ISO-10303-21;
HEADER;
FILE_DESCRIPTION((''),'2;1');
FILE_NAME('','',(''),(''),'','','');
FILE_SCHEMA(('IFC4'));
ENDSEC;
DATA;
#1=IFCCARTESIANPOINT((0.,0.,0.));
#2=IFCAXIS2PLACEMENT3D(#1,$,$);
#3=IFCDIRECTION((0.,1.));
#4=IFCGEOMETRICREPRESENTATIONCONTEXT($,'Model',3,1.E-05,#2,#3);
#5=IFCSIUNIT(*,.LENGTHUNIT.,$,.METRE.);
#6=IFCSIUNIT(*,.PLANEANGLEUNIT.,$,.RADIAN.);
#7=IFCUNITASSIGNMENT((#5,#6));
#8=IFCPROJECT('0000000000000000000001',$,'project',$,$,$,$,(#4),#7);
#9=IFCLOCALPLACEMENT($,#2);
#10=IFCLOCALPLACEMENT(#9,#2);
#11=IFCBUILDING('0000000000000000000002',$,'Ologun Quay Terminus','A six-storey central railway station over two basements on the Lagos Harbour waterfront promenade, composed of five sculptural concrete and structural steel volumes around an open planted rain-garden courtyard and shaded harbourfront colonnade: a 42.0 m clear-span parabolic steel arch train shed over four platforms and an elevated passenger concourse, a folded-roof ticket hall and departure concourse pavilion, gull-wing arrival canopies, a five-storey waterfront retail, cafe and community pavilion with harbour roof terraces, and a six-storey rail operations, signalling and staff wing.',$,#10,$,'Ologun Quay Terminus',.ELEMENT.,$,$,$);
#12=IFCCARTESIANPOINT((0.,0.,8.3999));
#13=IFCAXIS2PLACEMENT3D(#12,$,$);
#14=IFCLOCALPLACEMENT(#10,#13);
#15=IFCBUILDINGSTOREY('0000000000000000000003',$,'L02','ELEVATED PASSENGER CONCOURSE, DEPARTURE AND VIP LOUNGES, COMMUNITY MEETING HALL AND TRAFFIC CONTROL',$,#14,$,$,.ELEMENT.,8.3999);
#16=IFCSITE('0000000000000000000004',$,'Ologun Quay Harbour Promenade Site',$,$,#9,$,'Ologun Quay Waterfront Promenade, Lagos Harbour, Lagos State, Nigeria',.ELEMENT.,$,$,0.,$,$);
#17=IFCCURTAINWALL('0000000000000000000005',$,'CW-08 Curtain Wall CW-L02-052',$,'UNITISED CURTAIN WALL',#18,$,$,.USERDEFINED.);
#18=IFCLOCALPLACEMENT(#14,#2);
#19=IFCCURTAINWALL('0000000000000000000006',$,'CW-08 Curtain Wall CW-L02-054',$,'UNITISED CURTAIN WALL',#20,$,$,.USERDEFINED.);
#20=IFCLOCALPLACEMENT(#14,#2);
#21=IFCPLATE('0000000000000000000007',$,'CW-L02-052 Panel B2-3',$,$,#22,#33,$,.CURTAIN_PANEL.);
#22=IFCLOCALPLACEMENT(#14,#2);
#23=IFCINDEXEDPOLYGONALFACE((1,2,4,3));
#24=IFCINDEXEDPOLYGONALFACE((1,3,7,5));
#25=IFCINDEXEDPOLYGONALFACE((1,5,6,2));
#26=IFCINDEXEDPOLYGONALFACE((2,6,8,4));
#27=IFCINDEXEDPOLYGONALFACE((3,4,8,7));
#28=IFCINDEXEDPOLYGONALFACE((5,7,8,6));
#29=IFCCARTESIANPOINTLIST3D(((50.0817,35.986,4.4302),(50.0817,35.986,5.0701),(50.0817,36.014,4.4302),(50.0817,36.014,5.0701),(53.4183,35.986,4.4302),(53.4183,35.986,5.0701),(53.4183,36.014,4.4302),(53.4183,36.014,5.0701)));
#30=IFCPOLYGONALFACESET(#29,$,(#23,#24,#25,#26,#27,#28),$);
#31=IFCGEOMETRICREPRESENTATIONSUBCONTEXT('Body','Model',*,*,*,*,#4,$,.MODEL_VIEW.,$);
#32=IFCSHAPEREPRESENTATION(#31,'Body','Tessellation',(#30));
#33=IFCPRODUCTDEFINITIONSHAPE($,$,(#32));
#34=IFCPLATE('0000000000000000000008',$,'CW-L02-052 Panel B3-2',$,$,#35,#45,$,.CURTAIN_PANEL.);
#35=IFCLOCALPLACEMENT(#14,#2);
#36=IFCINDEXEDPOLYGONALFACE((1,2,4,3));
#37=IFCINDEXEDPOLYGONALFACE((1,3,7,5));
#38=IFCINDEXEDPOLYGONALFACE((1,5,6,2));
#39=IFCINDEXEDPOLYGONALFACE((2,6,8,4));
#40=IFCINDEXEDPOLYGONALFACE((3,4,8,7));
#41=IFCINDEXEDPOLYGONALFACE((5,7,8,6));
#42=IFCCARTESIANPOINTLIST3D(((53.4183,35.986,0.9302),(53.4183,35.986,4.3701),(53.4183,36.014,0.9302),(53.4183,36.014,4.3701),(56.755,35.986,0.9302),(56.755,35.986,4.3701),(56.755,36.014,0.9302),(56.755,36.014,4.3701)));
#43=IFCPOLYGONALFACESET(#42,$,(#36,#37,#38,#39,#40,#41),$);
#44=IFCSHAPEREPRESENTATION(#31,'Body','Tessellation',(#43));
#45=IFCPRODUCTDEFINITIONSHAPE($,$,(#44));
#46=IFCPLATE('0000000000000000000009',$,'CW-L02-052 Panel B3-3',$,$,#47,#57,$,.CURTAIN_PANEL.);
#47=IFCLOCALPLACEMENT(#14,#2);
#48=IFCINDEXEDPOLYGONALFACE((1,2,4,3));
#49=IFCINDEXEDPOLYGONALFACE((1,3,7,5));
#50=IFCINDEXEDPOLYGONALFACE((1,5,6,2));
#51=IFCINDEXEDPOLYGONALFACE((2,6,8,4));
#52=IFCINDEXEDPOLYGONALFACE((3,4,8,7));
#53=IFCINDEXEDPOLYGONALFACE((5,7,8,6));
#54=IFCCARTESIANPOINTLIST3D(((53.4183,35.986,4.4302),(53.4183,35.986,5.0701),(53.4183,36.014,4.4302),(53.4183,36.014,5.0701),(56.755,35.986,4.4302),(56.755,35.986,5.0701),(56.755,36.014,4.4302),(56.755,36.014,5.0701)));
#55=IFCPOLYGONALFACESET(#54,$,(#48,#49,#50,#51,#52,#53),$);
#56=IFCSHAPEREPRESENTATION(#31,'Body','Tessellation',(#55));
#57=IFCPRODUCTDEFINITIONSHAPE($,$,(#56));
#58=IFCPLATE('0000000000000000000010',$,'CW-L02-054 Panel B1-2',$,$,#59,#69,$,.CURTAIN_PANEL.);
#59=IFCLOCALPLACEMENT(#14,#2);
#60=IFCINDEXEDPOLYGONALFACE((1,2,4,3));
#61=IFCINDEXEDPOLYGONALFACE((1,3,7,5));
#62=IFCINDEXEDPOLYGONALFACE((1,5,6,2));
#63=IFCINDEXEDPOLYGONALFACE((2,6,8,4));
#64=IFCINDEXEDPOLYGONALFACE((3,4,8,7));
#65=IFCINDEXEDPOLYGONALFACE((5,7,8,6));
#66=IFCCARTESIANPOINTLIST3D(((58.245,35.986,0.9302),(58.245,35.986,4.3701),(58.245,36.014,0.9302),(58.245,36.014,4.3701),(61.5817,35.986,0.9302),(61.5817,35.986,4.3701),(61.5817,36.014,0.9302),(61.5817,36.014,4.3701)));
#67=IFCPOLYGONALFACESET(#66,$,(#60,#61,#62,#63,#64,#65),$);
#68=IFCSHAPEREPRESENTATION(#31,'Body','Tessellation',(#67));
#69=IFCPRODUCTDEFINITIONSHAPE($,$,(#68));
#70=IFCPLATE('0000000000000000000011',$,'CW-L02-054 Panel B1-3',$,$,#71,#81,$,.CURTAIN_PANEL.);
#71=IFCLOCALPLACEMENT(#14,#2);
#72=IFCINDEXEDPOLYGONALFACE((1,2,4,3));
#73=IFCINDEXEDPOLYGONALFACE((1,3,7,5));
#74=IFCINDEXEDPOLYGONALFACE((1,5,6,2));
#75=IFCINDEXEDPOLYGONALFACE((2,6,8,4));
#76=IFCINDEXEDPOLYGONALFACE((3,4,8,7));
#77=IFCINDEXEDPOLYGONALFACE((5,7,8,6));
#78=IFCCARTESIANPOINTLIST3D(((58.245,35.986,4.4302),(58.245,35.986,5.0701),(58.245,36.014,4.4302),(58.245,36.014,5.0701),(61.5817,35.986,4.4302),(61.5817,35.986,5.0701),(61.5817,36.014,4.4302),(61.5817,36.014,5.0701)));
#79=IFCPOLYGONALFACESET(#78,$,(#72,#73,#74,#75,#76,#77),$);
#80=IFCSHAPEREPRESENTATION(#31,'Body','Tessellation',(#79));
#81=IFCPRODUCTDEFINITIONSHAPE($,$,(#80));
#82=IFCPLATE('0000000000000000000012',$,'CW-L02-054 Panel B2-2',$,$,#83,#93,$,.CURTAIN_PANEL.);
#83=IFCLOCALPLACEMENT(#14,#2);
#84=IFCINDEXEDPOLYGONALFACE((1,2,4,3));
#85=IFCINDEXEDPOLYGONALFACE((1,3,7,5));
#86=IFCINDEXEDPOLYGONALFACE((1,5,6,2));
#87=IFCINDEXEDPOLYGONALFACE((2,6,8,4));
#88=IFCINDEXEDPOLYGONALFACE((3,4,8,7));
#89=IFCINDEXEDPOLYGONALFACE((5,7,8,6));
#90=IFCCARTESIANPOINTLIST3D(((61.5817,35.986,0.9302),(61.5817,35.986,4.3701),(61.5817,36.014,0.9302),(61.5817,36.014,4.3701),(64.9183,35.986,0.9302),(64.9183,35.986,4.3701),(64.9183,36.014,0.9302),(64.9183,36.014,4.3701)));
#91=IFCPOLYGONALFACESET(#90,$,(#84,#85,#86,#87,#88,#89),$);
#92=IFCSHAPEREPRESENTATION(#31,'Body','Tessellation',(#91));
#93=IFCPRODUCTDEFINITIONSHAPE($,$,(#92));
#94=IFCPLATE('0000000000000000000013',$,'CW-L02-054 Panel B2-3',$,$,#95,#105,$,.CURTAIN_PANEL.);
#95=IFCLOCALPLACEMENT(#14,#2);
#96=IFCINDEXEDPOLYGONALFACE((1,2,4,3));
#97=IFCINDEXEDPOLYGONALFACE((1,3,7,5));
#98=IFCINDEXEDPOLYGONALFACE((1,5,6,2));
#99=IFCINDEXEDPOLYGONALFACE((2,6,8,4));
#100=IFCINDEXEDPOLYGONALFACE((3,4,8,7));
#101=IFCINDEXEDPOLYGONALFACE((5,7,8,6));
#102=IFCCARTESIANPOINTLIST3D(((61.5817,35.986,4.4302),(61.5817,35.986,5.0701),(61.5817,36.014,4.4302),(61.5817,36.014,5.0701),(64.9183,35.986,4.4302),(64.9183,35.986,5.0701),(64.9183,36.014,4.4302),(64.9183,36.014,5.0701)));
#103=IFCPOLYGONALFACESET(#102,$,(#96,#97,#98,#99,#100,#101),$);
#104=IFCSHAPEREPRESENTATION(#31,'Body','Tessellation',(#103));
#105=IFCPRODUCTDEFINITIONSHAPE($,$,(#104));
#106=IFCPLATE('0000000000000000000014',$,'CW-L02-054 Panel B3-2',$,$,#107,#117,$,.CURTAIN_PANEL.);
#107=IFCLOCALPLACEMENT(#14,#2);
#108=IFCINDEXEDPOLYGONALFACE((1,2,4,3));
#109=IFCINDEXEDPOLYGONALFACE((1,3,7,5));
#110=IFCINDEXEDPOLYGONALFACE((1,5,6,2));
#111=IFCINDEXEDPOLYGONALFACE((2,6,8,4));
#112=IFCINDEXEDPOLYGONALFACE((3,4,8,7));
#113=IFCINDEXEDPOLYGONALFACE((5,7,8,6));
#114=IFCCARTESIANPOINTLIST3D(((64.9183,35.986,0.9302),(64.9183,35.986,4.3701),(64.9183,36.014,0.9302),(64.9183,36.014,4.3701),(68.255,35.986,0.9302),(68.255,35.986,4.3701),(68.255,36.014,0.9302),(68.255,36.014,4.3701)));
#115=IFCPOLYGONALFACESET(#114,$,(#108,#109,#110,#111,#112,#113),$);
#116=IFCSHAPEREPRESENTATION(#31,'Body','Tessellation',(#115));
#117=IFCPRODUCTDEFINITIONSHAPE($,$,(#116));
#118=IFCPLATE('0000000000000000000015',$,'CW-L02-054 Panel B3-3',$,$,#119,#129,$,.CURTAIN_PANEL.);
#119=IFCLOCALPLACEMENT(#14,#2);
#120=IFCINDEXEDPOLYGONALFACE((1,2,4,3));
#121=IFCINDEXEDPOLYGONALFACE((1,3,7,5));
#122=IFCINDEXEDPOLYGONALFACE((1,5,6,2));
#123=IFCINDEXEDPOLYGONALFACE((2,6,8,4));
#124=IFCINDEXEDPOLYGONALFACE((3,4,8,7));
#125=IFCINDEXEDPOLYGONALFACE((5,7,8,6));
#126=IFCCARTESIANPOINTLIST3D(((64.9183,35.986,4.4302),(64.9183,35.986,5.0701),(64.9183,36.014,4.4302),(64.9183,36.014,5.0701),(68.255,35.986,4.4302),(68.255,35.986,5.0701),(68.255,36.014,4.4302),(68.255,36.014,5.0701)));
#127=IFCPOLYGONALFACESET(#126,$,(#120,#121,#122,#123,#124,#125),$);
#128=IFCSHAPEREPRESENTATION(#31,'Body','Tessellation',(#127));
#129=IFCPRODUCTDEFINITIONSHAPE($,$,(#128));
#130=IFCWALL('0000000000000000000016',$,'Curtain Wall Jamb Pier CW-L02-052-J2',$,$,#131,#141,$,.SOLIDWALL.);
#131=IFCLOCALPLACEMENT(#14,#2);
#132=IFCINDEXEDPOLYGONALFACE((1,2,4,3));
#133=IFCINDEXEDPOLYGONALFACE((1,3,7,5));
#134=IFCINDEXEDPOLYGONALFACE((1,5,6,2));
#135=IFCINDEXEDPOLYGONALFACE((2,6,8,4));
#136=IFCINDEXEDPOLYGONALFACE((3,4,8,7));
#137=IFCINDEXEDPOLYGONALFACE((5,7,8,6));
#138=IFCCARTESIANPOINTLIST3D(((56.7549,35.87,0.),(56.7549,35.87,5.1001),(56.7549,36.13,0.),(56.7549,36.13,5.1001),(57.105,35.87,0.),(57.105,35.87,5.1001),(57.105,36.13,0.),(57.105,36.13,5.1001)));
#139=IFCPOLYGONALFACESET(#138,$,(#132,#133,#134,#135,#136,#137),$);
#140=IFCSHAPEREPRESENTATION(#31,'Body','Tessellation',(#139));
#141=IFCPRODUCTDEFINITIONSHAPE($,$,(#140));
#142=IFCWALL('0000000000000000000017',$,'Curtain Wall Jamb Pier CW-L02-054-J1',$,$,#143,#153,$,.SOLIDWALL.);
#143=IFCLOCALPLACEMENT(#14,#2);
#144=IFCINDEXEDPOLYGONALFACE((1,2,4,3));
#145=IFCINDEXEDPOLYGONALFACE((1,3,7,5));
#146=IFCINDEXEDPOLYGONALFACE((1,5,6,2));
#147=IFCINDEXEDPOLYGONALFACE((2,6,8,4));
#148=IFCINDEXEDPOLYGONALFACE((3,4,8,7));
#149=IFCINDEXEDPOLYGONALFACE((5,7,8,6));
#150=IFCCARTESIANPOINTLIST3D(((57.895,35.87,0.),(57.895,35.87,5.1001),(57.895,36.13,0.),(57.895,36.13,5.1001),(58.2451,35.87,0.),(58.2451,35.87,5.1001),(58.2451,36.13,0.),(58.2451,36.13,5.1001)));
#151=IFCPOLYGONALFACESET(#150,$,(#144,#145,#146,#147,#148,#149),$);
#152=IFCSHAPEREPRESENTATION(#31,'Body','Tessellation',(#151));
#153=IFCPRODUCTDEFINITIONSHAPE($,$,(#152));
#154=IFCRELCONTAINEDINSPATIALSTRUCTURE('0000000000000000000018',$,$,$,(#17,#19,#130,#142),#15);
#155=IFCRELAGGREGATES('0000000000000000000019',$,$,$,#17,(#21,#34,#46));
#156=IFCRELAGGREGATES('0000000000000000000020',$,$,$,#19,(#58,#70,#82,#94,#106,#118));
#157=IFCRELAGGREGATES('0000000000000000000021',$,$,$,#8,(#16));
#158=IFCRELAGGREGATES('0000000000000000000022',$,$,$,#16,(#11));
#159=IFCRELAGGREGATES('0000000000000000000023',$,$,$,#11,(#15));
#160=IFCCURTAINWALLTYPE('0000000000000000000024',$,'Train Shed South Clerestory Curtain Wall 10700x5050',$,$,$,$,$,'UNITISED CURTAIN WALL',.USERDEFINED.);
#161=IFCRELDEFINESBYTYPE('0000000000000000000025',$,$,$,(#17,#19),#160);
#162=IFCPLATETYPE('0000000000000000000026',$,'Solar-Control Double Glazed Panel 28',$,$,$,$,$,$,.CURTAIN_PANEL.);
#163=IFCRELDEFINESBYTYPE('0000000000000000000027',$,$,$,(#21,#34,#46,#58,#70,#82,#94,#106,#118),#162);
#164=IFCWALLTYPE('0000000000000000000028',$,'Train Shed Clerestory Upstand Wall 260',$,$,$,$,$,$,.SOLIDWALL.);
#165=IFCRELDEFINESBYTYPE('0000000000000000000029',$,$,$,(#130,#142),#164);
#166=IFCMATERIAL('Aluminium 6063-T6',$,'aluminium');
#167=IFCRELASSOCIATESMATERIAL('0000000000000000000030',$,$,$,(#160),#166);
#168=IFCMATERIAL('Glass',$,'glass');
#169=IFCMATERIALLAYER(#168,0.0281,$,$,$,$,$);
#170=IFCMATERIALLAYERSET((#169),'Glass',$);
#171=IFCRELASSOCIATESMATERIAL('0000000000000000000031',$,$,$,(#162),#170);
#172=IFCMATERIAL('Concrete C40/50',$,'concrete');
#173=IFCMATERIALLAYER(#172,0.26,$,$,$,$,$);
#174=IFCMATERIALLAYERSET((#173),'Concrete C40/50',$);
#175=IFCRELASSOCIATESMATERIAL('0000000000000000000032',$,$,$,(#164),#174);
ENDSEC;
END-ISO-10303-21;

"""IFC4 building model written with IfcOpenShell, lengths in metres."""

from ifc_helpers import new_model, si_unit, direction, frame, frame_2d, origin, origin_2d, place, context, subcontext, project, spatial, rectangle, extrude, material, layer, layer_set, type_object, element, aggregate, save


model = new_model("IFC4")

# Units and contexts
model_context = context("Model", 3, precision=1e-05, world=origin(), true_north=direction((0.0, 1.0)))
body_context = subcontext(model_context, "Body", "Model", "MODEL_VIEW")
ifc_project = project(units=[si_unit("LENGTHUNIT", "METRE"), si_unit("PLANEANGLEUNIT", "RADIAN")], contexts=[model_context])

# Site, building, storey
site_placement = place(None, origin())
site = spatial("IfcSite", under=ifc_project, at=site_placement, Name="Ologun Quay Harbour Promenade Site", LongName="Ologun Quay Waterfront Promenade, Lagos Harbour, Lagos State, Nigeria", CompositionType="ELEMENT", RefElevation=0.0)
building_placement = place(site_placement, origin())
building = spatial("IfcBuilding", under=site, at=building_placement, Name="Ologun Quay Terminus", Description="A six-storey central railway station over two basements on the Lagos Harbour waterfront promenade, composed of five sculptural concrete and structural steel volumes around an open planted rain-garden courtyard and shaded harbourfront colonnade: a 42.0 m clear-span parabolic steel arch train shed over four platforms and an elevated passenger concourse, a folded-roof ticket hall and departure concourse pavilion, gull-wing arrival canopies, a five-storey waterfront retail, cafe and community pavilion with harbour roof terraces, and a six-storey rail operations, signalling and staff wing.", LongName="Ologun Quay Terminus", CompositionType="ELEMENT")
storey_placement = place(building_placement, frame((0.0, 0.0, 8.3999)))
storey = spatial("IfcBuildingStorey", under=building, at=storey_placement, Name="L02", Description="ELEVATED PASSENGER CONCOURSE, DEPARTURE AND VIP LOUNGES, COMMUNITY MEETING HALL AND TRAFFIC CONTROL", CompositionType="ELEMENT", Elevation=8.3999)

# Curtain walls
ifc_material_1 = material(Name="Aluminium 6063-T6", Category="aluminium")
curtain_wall_type = type_object("IfcCurtainWallType", Name="Train Shed South Clerestory Curtain Wall 10700x5050", ElementType="UNITISED CURTAIN WALL", PredefinedType="USERDEFINED", material=ifc_material_1)
curtain_wall_1_placement = place(storey_placement, origin())
curtain_wall_1 = element("IfcCurtainWall", 1, at=curtain_wall_1_placement, inside=storey, type_object=curtain_wall_type, Name="CW-08 Curtain Wall CW-L02-052", ObjectType="UNITISED CURTAIN WALL", PredefinedType="USERDEFINED")
curtain_wall_2_placement = place(storey_placement, origin())
curtain_wall_2 = element("IfcCurtainWall", 2, at=curtain_wall_2_placement, inside=storey, type_object=curtain_wall_type, Name="CW-08 Curtain Wall CW-L02-054", ObjectType="UNITISED CURTAIN WALL", PredefinedType="USERDEFINED")

# Plates
ifc_material_2 = material(Name="Glass", Category="glass")
ifc_layer_1 = layer(ifc_material_2, 0.0281)
ifc_layer_set_1 = layer_set([ifc_layer_1], Name="Glass")
plate_type_1 = type_object("IfcPlateType", Name="Solar-Control Double Glazed Panel 28", PredefinedType="CURTAIN_PANEL", material=ifc_layer_set_1)
plate_1_placement = place(storey_placement, frame((51.75, 36.0, 4.4302), z_axis=(0.0, 0.0, 1.0), x_axis=(1.0, 0.0, 0.0)))
plate_1 = element("IfcPlate", 3, at=plate_1_placement, type_object=plate_type_1, Name="CW-L02-052 Panel B2-3", PredefinedType="CURTAIN_PANEL", context=body_context, shape_type="SweptSolid", body=[
    extrude(rectangle(XDim=3.3367, YDim=0.0281, at=origin_2d()), origin(), (0.0, 0.0, 1.0), 0.6399),
])
plate_2_placement = place(storey_placement, frame((55.0867, 36.0, 0.9302), z_axis=(0.0, 0.0, 1.0), x_axis=(1.0, 0.0, 0.0)))
plate_2 = element("IfcPlate", 4, at=plate_2_placement, type_object=plate_type_1, Name="CW-L02-052 Panel B3-2", PredefinedType="CURTAIN_PANEL", context=body_context, shape_type="SweptSolid", body=[
    extrude(rectangle(XDim=3.3367, YDim=0.0281, at=origin_2d()), origin(), (0.0, 0.0, 1.0), 3.4399),
])
plate_3_placement = place(storey_placement, frame((55.0867, 36.0, 4.4302), z_axis=(0.0, 0.0, 1.0), x_axis=(1.0, 0.0, 0.0)))
plate_3 = element("IfcPlate", 5, at=plate_3_placement, type_object=plate_type_1, Name="CW-L02-052 Panel B3-3", PredefinedType="CURTAIN_PANEL", context=body_context, shape_type="SweptSolid", body=[
    extrude(rectangle(XDim=3.3367, YDim=0.0281, at=origin_2d()), origin(), (0.0, 0.0, 1.0), 0.6399),
])
aggregate(curtain_wall_1, [plate_1, plate_2, plate_3])
plate_4_placement = place(storey_placement, frame((59.9133, 36.0, 0.9302), z_axis=(0.0, 0.0, 1.0), x_axis=(1.0, 0.0, 0.0)))
plate_4 = element("IfcPlate", 6, at=plate_4_placement, type_object=plate_type_1, Name="CW-L02-054 Panel B1-2", PredefinedType="CURTAIN_PANEL", context=body_context, shape_type="SweptSolid", body=[
    extrude(rectangle(XDim=3.3367, YDim=0.0281, at=origin_2d()), origin(), (0.0, 0.0, 1.0), 3.4399),
])
plate_5_placement = place(storey_placement, frame((59.9133, 36.0, 4.4302), z_axis=(0.0, 0.0, 1.0), x_axis=(1.0, 0.0, 0.0)))
plate_5 = element("IfcPlate", 7, at=plate_5_placement, type_object=plate_type_1, Name="CW-L02-054 Panel B1-3", PredefinedType="CURTAIN_PANEL", context=body_context, shape_type="SweptSolid", body=[
    extrude(rectangle(XDim=3.3367, YDim=0.0281, at=origin_2d()), origin(), (0.0, 0.0, 1.0), 0.6399),
])
plate_6_placement = place(storey_placement, frame((63.25, 36.0, 0.9302), z_axis=(0.0, 0.0, 1.0), x_axis=(1.0, 0.0, 0.0)))
plate_6 = element("IfcPlate", 8, at=plate_6_placement, type_object=plate_type_1, Name="CW-L02-054 Panel B2-2", PredefinedType="CURTAIN_PANEL", context=body_context, shape_type="SweptSolid", body=[
    extrude(rectangle(XDim=3.3367, YDim=0.0281, at=origin_2d()), origin(), (0.0, 0.0, 1.0), 3.4399),
])
plate_7_placement = place(storey_placement, frame((63.25, 36.0, 4.4302), z_axis=(0.0, 0.0, 1.0), x_axis=(1.0, 0.0, 0.0)))
plate_7 = element("IfcPlate", 9, at=plate_7_placement, type_object=plate_type_1, Name="CW-L02-054 Panel B2-3", PredefinedType="CURTAIN_PANEL", context=body_context, shape_type="SweptSolid", body=[
    extrude(rectangle(XDim=3.3367, YDim=0.0281, at=origin_2d()), origin(), (0.0, 0.0, 1.0), 0.6399),
])
plate_8_placement = place(storey_placement, frame((66.5867, 36.0, 0.9302), z_axis=(0.0, 0.0, 1.0), x_axis=(1.0, 0.0, 0.0)))
plate_8 = element("IfcPlate", 10, at=plate_8_placement, type_object=plate_type_1, Name="CW-L02-054 Panel B3-2", PredefinedType="CURTAIN_PANEL", context=body_context, shape_type="SweptSolid", body=[
    extrude(rectangle(XDim=3.3367, YDim=0.0281, at=origin_2d()), origin(), (0.0, 0.0, 1.0), 3.4399),
])
plate_9_placement = place(storey_placement, frame((66.5867, 36.0, 4.4302), z_axis=(0.0, 0.0, 1.0), x_axis=(1.0, 0.0, 0.0)))
plate_9 = element("IfcPlate", 11, at=plate_9_placement, type_object=plate_type_1, Name="CW-L02-054 Panel B3-3", PredefinedType="CURTAIN_PANEL", context=body_context, shape_type="SweptSolid", body=[
    extrude(rectangle(XDim=3.3367, YDim=0.0281, at=origin_2d()), origin(), (0.0, 0.0, 1.0), 0.6399),
])
aggregate(curtain_wall_2, [plate_4, plate_5, plate_6, plate_7, plate_8, plate_9])

# Walls
ifc_material_3 = material(Name="Concrete C40/50", Category="concrete")
ifc_layer_2 = layer(ifc_material_3, 0.26)
ifc_layer_set_2 = layer_set([ifc_layer_2], Name="Concrete C40/50")
wall_type = type_object("IfcWallType", Name="Train Shed Clerestory Upstand Wall 260", PredefinedType="SOLIDWALL", material=ifc_layer_set_2)
for number, where, z_axis, x_axis, name in (
    (12, (56.7549, 36.0, 0.0), (0.0, 0.0, 1.0), (1.0, 0.0, 0.0), "Curtain Wall Jamb Pier CW-L02-052-J2"),
    (13, (57.895, 36.0, 0.0), (0.0, 0.0, 1.0), (1.0, 0.0, 0.0), "Curtain Wall Jamb Pier CW-L02-054-J1"),
):
    element("IfcWall", number, at=place(storey_placement, frame(where, z_axis=z_axis, x_axis=x_axis)), inside=storey, type_object=wall_type, Name=name, PredefinedType="SOLIDWALL", context=body_context, shape_type="SweptSolid", body=[
        extrude(rectangle(XDim=0.3501, YDim=0.26, at=frame_2d((0.175, 0.0))), origin(), (0.0, 0.0, 1.0), 5.1001),
    ])

save(model, "model.ifc")
